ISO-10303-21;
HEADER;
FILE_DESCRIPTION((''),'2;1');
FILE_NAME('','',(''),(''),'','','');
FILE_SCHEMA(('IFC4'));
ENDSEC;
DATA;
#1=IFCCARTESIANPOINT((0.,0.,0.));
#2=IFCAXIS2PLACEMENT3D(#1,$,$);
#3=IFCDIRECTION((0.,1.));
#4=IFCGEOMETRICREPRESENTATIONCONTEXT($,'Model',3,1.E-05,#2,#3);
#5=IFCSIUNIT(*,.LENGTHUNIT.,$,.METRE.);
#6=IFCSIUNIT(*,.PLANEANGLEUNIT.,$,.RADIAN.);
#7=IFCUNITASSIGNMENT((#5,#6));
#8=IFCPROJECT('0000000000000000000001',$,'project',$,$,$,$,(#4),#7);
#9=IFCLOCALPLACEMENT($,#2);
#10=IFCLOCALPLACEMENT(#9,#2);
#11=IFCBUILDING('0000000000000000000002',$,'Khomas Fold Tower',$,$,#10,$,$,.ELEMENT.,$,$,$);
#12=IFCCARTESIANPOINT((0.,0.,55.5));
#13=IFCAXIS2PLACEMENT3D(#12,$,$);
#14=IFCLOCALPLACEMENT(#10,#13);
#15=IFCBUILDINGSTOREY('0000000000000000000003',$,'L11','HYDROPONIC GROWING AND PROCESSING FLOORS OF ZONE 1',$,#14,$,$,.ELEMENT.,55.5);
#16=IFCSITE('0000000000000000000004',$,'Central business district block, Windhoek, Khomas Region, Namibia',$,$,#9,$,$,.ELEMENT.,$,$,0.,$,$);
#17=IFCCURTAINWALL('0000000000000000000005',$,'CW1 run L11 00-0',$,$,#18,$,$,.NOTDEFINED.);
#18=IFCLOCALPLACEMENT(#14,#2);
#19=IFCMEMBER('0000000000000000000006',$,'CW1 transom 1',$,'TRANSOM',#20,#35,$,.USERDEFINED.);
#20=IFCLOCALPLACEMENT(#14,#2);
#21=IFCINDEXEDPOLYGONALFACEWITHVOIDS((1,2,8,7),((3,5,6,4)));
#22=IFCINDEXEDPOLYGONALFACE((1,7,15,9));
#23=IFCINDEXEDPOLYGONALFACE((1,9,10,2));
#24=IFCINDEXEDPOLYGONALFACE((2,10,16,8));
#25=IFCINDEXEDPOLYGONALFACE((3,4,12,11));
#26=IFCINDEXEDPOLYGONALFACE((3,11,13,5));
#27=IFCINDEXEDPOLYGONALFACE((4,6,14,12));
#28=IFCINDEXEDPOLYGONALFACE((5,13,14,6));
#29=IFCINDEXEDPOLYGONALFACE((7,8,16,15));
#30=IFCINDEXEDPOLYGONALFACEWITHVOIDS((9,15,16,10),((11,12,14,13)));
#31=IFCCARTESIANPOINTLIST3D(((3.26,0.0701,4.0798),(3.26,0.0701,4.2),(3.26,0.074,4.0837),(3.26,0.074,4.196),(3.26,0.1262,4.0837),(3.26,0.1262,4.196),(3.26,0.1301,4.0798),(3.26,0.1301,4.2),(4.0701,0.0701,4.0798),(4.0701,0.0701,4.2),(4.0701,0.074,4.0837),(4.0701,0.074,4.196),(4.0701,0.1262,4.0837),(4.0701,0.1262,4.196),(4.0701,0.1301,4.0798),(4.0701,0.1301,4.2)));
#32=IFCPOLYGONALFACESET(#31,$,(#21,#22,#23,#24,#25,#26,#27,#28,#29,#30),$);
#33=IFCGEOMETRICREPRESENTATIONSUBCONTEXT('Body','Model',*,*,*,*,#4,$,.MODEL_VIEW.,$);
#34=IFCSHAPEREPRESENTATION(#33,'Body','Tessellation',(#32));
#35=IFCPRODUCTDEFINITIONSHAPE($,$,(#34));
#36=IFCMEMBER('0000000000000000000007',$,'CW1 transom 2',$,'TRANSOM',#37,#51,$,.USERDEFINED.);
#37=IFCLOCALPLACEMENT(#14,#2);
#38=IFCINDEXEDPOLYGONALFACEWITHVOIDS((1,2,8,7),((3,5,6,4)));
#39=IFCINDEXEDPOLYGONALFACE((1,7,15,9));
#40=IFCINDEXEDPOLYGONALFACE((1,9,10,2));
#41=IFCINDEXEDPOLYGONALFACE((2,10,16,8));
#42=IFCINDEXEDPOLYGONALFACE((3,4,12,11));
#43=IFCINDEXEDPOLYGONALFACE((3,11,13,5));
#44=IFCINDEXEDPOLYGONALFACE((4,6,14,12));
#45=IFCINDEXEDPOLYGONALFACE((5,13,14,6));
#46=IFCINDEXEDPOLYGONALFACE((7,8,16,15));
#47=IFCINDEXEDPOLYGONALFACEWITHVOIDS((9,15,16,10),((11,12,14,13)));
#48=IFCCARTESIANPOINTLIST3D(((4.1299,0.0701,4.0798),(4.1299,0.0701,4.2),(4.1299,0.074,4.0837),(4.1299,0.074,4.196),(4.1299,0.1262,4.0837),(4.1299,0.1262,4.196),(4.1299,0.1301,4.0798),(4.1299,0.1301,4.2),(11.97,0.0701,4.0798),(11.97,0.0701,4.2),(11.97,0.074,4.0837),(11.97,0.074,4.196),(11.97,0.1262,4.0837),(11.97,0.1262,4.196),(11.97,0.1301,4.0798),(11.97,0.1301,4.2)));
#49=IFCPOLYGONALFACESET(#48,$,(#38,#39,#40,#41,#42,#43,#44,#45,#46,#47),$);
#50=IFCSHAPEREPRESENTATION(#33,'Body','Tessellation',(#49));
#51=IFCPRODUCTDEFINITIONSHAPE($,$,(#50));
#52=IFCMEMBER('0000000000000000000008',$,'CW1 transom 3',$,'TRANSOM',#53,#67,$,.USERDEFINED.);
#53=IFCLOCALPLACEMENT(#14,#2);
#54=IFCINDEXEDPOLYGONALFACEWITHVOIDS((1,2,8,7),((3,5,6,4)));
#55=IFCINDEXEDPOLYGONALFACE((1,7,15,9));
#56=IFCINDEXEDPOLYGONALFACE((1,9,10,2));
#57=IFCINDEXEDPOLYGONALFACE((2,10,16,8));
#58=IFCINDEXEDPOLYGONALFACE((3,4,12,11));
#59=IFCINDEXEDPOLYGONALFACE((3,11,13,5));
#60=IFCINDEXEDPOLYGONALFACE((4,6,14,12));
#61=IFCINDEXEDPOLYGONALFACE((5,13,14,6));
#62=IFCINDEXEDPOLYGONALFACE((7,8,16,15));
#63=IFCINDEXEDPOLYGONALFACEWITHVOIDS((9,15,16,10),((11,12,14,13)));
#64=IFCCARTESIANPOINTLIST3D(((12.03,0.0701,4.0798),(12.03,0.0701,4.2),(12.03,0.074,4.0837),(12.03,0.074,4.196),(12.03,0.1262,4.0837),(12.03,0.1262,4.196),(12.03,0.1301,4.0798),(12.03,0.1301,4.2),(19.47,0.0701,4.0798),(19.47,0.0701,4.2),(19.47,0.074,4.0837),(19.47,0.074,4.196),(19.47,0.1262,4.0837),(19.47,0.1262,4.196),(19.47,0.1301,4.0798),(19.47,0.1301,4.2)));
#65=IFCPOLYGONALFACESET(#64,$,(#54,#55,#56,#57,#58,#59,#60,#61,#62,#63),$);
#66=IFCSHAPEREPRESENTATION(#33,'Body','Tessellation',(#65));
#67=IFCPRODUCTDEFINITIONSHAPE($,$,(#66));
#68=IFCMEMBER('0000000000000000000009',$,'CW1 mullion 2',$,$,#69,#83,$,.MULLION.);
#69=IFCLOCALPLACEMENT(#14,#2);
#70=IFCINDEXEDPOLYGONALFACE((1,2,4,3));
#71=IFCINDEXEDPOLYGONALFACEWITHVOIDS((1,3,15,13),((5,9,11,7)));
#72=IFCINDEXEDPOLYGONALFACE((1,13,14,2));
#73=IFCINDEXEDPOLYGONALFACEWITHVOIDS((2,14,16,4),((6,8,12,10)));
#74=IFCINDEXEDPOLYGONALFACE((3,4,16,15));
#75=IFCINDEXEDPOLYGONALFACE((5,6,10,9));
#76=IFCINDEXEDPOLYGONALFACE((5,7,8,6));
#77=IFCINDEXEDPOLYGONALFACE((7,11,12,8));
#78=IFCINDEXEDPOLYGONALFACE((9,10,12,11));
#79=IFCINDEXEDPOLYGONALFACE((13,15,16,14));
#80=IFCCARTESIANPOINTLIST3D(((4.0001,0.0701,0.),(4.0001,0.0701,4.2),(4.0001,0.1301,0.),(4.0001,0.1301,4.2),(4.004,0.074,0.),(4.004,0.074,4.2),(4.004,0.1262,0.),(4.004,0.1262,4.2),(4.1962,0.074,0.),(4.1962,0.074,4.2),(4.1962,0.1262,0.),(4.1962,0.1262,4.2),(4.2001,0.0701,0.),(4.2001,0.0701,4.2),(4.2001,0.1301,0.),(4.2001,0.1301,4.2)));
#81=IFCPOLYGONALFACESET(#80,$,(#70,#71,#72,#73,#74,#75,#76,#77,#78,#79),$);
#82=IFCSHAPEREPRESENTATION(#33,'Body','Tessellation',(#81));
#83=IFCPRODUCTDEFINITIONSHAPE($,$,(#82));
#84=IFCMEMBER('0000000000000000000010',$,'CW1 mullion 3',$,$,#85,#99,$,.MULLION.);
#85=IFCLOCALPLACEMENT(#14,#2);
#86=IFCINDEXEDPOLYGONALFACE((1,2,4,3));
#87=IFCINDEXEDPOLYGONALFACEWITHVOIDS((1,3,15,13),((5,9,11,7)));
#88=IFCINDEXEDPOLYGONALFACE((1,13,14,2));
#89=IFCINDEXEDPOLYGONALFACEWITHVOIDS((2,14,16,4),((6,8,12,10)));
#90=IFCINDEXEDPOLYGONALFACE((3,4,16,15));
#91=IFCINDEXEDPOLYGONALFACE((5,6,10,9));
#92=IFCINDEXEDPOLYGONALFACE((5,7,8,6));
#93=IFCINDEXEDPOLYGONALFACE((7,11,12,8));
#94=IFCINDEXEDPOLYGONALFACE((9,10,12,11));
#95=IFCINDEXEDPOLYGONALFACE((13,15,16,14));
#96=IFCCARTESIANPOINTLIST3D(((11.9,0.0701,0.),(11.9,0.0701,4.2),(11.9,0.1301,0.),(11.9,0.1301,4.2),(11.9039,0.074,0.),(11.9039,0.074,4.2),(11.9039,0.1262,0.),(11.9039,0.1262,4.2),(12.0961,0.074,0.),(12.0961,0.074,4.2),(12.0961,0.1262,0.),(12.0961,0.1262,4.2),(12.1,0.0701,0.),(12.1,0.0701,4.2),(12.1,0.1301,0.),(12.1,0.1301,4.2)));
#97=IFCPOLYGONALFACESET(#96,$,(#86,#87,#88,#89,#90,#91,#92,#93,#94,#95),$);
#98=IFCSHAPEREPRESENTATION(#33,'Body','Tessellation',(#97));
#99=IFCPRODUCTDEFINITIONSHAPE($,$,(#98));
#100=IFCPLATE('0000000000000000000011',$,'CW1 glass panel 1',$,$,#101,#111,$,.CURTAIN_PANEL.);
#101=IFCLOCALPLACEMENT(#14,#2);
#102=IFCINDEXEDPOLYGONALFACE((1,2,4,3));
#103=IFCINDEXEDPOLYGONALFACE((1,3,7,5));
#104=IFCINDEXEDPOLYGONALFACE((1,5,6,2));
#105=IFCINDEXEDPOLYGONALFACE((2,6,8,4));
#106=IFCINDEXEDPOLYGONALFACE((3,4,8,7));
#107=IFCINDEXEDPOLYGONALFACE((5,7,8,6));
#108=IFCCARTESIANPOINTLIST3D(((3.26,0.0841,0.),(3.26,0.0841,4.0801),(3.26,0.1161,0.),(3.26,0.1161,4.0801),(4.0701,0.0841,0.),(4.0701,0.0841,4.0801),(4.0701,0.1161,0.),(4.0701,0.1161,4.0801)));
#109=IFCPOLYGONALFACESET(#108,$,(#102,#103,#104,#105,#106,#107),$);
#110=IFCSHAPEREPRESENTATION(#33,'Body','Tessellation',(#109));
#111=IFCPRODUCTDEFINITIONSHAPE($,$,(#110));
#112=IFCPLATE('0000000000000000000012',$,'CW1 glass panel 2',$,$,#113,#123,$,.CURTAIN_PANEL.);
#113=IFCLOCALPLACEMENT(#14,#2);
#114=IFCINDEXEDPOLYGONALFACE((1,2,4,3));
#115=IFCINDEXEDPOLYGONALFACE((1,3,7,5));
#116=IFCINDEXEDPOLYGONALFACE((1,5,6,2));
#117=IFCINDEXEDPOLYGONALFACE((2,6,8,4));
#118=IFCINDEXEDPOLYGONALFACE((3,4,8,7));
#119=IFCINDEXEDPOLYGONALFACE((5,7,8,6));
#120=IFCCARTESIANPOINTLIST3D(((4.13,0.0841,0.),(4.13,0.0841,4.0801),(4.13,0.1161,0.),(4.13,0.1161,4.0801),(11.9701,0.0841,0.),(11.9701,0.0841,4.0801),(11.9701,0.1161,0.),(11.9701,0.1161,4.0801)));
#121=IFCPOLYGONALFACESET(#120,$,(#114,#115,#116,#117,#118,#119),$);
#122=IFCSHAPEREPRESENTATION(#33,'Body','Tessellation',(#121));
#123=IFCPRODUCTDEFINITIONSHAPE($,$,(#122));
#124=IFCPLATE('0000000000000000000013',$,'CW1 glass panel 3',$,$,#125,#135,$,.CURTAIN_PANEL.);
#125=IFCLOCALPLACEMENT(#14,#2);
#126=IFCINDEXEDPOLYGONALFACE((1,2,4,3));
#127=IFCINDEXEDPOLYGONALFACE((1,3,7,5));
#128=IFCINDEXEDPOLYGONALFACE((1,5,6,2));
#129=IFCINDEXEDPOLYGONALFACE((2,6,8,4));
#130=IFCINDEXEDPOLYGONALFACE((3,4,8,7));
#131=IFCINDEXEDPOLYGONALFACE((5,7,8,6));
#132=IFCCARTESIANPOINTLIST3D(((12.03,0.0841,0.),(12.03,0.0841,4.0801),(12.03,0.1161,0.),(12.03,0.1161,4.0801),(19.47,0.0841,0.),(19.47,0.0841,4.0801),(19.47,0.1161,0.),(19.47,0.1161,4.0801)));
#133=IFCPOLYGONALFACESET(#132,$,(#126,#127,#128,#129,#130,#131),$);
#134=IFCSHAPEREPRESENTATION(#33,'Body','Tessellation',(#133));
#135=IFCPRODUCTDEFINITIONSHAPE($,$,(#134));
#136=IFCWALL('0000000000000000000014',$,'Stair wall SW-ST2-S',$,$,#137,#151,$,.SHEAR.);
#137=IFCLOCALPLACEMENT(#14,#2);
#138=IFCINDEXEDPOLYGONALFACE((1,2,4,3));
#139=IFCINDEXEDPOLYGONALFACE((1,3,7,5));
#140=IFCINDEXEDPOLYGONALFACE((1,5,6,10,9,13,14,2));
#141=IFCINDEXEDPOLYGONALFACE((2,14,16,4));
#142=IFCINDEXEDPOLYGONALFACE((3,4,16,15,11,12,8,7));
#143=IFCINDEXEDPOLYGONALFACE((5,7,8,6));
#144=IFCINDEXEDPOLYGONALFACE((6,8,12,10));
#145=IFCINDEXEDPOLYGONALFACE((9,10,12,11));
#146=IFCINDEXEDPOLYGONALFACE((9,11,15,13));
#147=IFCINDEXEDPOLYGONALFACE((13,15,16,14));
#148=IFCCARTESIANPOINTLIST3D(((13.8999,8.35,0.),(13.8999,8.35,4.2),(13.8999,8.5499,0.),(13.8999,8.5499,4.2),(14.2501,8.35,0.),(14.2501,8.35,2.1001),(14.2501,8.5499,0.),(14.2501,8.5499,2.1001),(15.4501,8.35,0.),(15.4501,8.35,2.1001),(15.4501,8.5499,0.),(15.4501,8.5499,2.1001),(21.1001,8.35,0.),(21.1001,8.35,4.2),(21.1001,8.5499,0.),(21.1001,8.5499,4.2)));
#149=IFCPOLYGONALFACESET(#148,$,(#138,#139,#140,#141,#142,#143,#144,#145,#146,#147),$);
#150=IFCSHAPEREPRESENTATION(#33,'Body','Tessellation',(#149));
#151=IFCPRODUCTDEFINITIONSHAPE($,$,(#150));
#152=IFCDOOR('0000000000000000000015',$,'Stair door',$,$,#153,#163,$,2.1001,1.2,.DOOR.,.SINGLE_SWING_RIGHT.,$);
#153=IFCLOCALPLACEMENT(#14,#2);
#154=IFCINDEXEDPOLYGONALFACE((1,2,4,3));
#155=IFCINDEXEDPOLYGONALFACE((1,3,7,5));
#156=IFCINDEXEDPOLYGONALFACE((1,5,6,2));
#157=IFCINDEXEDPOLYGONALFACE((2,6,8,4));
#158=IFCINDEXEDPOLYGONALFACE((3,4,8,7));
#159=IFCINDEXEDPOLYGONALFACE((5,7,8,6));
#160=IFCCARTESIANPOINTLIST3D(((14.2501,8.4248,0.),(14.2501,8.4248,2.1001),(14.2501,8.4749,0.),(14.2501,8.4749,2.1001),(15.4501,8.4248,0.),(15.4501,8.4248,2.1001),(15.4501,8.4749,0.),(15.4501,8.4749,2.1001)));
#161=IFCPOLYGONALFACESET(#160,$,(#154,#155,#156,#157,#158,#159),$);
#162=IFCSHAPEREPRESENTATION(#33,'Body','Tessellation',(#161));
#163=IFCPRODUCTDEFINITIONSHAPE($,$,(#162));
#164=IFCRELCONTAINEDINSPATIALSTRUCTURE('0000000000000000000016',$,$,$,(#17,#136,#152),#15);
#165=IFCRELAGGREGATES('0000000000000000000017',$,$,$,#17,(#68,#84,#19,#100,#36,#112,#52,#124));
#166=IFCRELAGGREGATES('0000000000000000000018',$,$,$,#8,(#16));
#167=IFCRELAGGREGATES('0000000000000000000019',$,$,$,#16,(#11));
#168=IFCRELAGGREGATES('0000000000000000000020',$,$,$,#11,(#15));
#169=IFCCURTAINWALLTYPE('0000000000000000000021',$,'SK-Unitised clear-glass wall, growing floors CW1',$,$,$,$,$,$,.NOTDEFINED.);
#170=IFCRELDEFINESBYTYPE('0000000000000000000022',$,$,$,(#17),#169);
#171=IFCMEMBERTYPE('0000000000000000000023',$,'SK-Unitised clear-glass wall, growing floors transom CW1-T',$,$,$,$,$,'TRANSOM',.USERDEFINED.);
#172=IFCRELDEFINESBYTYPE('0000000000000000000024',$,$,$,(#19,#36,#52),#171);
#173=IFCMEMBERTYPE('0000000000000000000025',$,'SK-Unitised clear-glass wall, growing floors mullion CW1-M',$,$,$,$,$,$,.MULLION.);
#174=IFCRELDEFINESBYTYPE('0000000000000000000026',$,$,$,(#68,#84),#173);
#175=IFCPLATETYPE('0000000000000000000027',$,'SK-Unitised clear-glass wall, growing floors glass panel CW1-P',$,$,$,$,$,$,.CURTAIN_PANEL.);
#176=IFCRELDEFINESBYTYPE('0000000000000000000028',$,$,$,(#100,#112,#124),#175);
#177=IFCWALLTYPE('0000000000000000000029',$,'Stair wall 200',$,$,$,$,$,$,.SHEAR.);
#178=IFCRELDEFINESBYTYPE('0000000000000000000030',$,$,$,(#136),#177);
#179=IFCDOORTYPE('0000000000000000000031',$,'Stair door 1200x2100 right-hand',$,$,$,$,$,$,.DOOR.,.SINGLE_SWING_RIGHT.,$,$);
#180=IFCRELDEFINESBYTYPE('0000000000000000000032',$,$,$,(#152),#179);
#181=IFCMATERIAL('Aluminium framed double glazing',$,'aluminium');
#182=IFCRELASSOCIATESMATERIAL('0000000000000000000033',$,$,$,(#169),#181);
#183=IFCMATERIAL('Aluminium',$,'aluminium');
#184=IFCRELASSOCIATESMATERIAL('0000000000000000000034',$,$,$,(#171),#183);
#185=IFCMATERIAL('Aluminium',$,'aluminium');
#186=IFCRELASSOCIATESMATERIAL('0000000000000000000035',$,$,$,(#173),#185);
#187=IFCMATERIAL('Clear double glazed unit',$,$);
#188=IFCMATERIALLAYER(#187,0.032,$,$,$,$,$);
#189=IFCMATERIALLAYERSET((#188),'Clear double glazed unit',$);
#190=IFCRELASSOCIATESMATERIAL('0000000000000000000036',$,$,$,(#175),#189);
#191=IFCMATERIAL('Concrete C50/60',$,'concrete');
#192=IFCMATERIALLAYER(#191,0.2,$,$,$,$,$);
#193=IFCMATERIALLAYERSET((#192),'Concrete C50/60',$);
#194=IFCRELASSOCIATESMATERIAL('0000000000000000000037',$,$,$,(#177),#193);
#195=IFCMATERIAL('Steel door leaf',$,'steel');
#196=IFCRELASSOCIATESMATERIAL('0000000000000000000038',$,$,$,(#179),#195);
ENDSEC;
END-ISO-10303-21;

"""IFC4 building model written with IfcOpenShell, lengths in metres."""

from ifc_helpers import new_model, si_unit, direction, frame, frame_2d, origin, origin_2d, place, context, subcontext, project, spatial, rectangle, hollow_rectangle, extrude, source, transform, mapped, material, layer, layer_set, material_profile, profile_set, type_object, element, fill, aggregate, save


model = new_model("IFC4")

# Units and contexts
model_context = context("Model", 3, precision=1e-05, world=origin(), true_north=direction((0.0, 1.0)))
body_context = subcontext(model_context, "Body", "Model", "MODEL_VIEW")
ifc_project = project(units=[si_unit("LENGTHUNIT", "METRE"), si_unit("PLANEANGLEUNIT", "RADIAN")], contexts=[model_context])

# Site, building, storey
site_placement = place(None, origin())
site = spatial("IfcSite", under=ifc_project, at=site_placement, Name="Central business district block, Windhoek, Khomas Region, Namibia", CompositionType="ELEMENT", RefElevation=0.0)
building_placement = place(site_placement, origin())
building = spatial("IfcBuilding", under=site, at=building_placement, Name="Khomas Fold Tower", CompositionType="ELEMENT")
storey_placement = place(building_placement, frame((0.0, 0.0, 55.5)))
storey = spatial("IfcBuildingStorey", under=building, at=storey_placement, Name="L11", Description="HYDROPONIC GROWING AND PROCESSING FLOORS OF ZONE 1", CompositionType="ELEMENT", Elevation=55.5)

# Curtain wall, members, plates
ifc_material_1 = material(Name="Aluminium framed double glazing", Category="aluminium")
curtain_wall_type = type_object("IfcCurtainWallType", Name="SK-Unitised clear-glass wall, growing floors CW1", PredefinedType="NOTDEFINED", material=ifc_material_1)
curtain_wall_placement = place(storey_placement, origin())
curtain_wall = element("IfcCurtainWall", 1, at=curtain_wall_placement, inside=storey, type_object=curtain_wall_type, Name="CW1 run L11 00-0", PredefinedType="NOTDEFINED")
ifc_material_2 = material(Name="Aluminium", Category="aluminium")
ifc_material_profile_1 = material_profile(ifc_material_2, hollow_rectangle(XDim=0.0601, YDim=0.1201, WallThickness=0.0039, at=origin_2d()), Name="SK-Unitised clear-glass wall, growing floors transom CW1-T")
ifc_profile_set_1 = profile_set([ifc_material_profile_1], Name="Aluminium")
member_type_1 = type_object("IfcMemberType", Name="SK-Unitised clear-glass wall, growing floors transom CW1-T", ElementType="TRANSOM", PredefinedType="USERDEFINED", material=ifc_profile_set_1)
shared_shape_1 = source(origin(), body_context, "Body", "SweptSolid", [
    extrude(hollow_rectangle(XDim=0.0601, YDim=0.1201, WallThickness=0.0039, at=origin_2d()), origin(), (0.0, 0.0, 1.0), 0.8101),
])
member_1_placement = place(storey_placement, frame((3.26, 0.1001, 4.1399), z_axis=(1.0, 0.0, 0.0), x_axis=(0.0, 1.0, 0.0)))
member_1 = element("IfcMember", 2, at=member_1_placement, type_object=member_type_1, Name="CW1 transom 1", ObjectType="TRANSOM", PredefinedType="USERDEFINED", context=body_context, shape_type="MappedRepresentation", body=[
    mapped(shared_shape_1, transform((0.0, 0.0, 0.0))),
])
shared_shape_2 = source(origin(), body_context, "Body", "SweptSolid", [
    extrude(hollow_rectangle(XDim=0.0601, YDim=0.1201, WallThickness=0.0039, at=origin_2d()), origin(), (0.0, 0.0, 1.0), 7.8401),
])
member_2_placement = place(storey_placement, frame((4.1299, 0.1001, 4.1399), z_axis=(1.0, 0.0, 0.0), x_axis=(0.0, 1.0, 0.0)))
member_2 = element("IfcMember", 3, at=member_2_placement, type_object=member_type_1, Name="CW1 transom 2", ObjectType="TRANSOM", PredefinedType="USERDEFINED", context=body_context, shape_type="MappedRepresentation", body=[
    mapped(shared_shape_2, transform((0.0, 0.0, 0.0))),
])
shared_shape_3 = source(origin(), body_context, "Body", "SweptSolid", [
    extrude(hollow_rectangle(XDim=0.0601, YDim=0.1201, WallThickness=0.0039, at=origin_2d()), origin(), (0.0, 0.0, 1.0), 7.4399),
])
member_3_placement = place(storey_placement, frame((12.03, 0.1001, 4.1399), z_axis=(1.0, 0.0, 0.0), x_axis=(0.0, 1.0, 0.0)))
member_3 = element("IfcMember", 4, at=member_3_placement, type_object=member_type_1, Name="CW1 transom 3", ObjectType="TRANSOM", PredefinedType="USERDEFINED", context=body_context, shape_type="MappedRepresentation", body=[
    mapped(shared_shape_3, transform((0.0, 0.0, 0.0))),
])
ifc_material_3 = material(Name="Aluminium", Category="aluminium")
ifc_material_profile_2 = material_profile(ifc_material_3, hollow_rectangle(XDim=0.0601, YDim=0.2, WallThickness=0.0039, at=origin_2d()), Name="SK-Unitised clear-glass wall, growing floors mullion CW1-M")
ifc_profile_set_2 = profile_set([ifc_material_profile_2], Name="Aluminium")
member_type_2 = type_object("IfcMemberType", Name="SK-Unitised clear-glass wall, growing floors mullion CW1-M", PredefinedType="MULLION", material=ifc_profile_set_2)
shared_shape_4 = source(origin(), body_context, "Body", "SweptSolid", [
    extrude(hollow_rectangle(XDim=0.0601, YDim=0.2, WallThickness=0.0039, at=origin_2d()), origin(), (0.0, 0.0, 1.0), 4.2),
])
member_4_placement = place(storey_placement, frame((4.1001, 0.1001, 0.0), z_axis=(0.0, 0.0, 1.0), x_axis=(0.0, 1.0, 0.0)))
member_4 = element("IfcMember", 5, at=member_4_placement, type_object=member_type_2, Name="CW1 mullion 2", PredefinedType="MULLION", context=body_context, shape_type="MappedRepresentation", body=[
    mapped(shared_shape_4, transform((0.0, 0.0, 0.0))),
])
member_5_placement = place(storey_placement, frame((12.0, 0.1001, 0.0), z_axis=(0.0, 0.0, 1.0), x_axis=(0.0, 1.0, 0.0)))
member_5 = element("IfcMember", 6, at=member_5_placement, type_object=member_type_2, Name="CW1 mullion 3", PredefinedType="MULLION", context=body_context, shape_type="MappedRepresentation", body=[
    mapped(shared_shape_4, transform((0.0, 0.0, 0.0))),
])
ifc_material_4 = material(Name="Clear double glazed unit")
ifc_layer_1 = layer(ifc_material_4, 0.032)
ifc_layer_set_1 = layer_set([ifc_layer_1], Name="Clear double glazed unit")
plate_type = type_object("IfcPlateType", Name="SK-Unitised clear-glass wall, growing floors glass panel CW1-P", PredefinedType="CURTAIN_PANEL", material=ifc_layer_set_1)
shared_shape_5 = source(origin(), body_context, "Body", "SweptSolid", [
    extrude(rectangle(XDim=0.8101, YDim=0.032, at=origin_2d()), origin(), (0.0, 0.0, 1.0), 4.0801),
])
plate_1_placement = place(storey_placement, frame((3.665, 0.1001, 0.0), z_axis=(0.0, 0.0, 1.0), x_axis=(1.0, 0.0, 0.0)))
plate_1 = element("IfcPlate", 7, at=plate_1_placement, type_object=plate_type, Name="CW1 glass panel 1", PredefinedType="CURTAIN_PANEL", context=body_context, shape_type="MappedRepresentation", body=[
    mapped(shared_shape_5, transform((0.0, 0.0, 0.0))),
])
shared_shape_6 = source(origin(), body_context, "Body", "SweptSolid", [
    extrude(rectangle(XDim=7.8401, YDim=0.032, at=origin_2d()), origin(), (0.0, 0.0, 1.0), 4.0801),
])
plate_2_placement = place(storey_placement, frame((8.05, 0.1001, 0.0), z_axis=(0.0, 0.0, 1.0), x_axis=(1.0, 0.0, 0.0)))
plate_2 = element("IfcPlate", 8, at=plate_2_placement, type_object=plate_type, Name="CW1 glass panel 2", PredefinedType="CURTAIN_PANEL", context=body_context, shape_type="MappedRepresentation", body=[
    mapped(shared_shape_6, transform((0.0, 0.0, 0.0))),
])
shared_shape_7 = source(origin(), body_context, "Body", "SweptSolid", [
    extrude(rectangle(XDim=7.4399, YDim=0.032, at=origin_2d()), origin(), (0.0, 0.0, 1.0), 4.0801),
])
plate_3_placement = place(storey_placement, frame((15.75, 0.1001, 0.0), z_axis=(0.0, 0.0, 1.0), x_axis=(1.0, 0.0, 0.0)))
plate_3 = element("IfcPlate", 9, at=plate_3_placement, type_object=plate_type, Name="CW1 glass panel 3", PredefinedType="CURTAIN_PANEL", context=body_context, shape_type="MappedRepresentation", body=[
    mapped(shared_shape_7, transform((0.0, 0.0, 0.0))),
])
aggregate(curtain_wall, [member_4, member_5, member_1, plate_1, member_2, plate_2, member_3, plate_3])

# Wall, opening, door
ifc_material_5 = material(Name="Concrete C50/60", Category="concrete")
ifc_layer_2 = layer(ifc_material_5, 0.2)
ifc_layer_set_2 = layer_set([ifc_layer_2], Name="Concrete C50/60")
wall_type_1 = type_object("IfcWallType", Name="Stair wall 200", PredefinedType="SHEAR", material=ifc_layer_set_2)
shared_shape_8 = source(origin(), body_context, "Body", "SweptSolid", [
    extrude(rectangle(XDim=7.2002, YDim=0.2, at=frame_2d((3.6001, 0.0))), origin(), (0.0, 0.0, 1.0), 4.2),
])
wall_1_placement = place(storey_placement, frame((13.8999, 8.45, 0.0), z_axis=(0.0, 0.0, 1.0), x_axis=(1.0, 0.0, 0.0)))
wall_1 = element("IfcWall", 10, at=wall_1_placement, inside=storey, type_object=wall_type_1, Name="Stair wall SW-ST2-S", PredefinedType="SHEAR", context=body_context, shape_type="MappedRepresentation", body=[
    mapped(shared_shape_8, transform((0.0, 0.0, 0.0))),
])
shared_shape_9 = source(origin(), body_context, "Body", "SweptSolid", [
    extrude(rectangle(XDim=1.2, YDim=2.1001, at=frame_2d((0.6001, 1.05))), frame((0.0, 0.1099, 0.0), z_axis=(0.0, -1.0, 0.0), x_axis=(1.0, 0.0, 0.0)), (0.0, 0.0, 1.0), 0.22),
])
opening_1_placement = place(wall_1_placement, frame((0.3501, 0.0, 0.0)))
opening_1 = element("IfcOpeningElement", 11, at=opening_1_placement, cuts=wall_1, PredefinedType="OPENING", context=body_context, shape_type="MappedRepresentation", body=[
    mapped(shared_shape_9, transform((0.0, 0.0, 0.0))),
])
ifc_material_6 = material(Name="Steel door leaf", Category="steel")
door_type_1 = type_object("IfcDoorType", Name="Stair door 1200x2100 right-hand", OperationType="SINGLE_SWING_RIGHT", PredefinedType="DOOR", material=ifc_material_6)
shared_shape_10 = source(origin(), body_context, "Body", "SweptSolid", [
    extrude(rectangle(XDim=1.2, YDim=2.1001, at=frame_2d((0.6001, 1.05))), frame((0.0, 0.0249, 0.0), z_axis=(0.0, -1.0, 0.0), x_axis=(1.0, 0.0, 0.0)), (0.0, 0.0, 1.0), 0.05),
])
door_1_placement = place(opening_1_placement, origin())
door_1 = element("IfcDoor", 12, at=door_1_placement, inside=storey, type_object=door_type_1, Name="Stair door", OperationType="SINGLE_SWING_RIGHT", OverallHeight=2.1001, OverallWidth=1.2, PredefinedType="DOOR", context=body_context, shape_type="MappedRepresentation", body=[
    mapped(shared_shape_10, transform((0.0, 0.0, 0.0))),
])
fill(opening_1, door_1)

save(model, "model.ifc")
